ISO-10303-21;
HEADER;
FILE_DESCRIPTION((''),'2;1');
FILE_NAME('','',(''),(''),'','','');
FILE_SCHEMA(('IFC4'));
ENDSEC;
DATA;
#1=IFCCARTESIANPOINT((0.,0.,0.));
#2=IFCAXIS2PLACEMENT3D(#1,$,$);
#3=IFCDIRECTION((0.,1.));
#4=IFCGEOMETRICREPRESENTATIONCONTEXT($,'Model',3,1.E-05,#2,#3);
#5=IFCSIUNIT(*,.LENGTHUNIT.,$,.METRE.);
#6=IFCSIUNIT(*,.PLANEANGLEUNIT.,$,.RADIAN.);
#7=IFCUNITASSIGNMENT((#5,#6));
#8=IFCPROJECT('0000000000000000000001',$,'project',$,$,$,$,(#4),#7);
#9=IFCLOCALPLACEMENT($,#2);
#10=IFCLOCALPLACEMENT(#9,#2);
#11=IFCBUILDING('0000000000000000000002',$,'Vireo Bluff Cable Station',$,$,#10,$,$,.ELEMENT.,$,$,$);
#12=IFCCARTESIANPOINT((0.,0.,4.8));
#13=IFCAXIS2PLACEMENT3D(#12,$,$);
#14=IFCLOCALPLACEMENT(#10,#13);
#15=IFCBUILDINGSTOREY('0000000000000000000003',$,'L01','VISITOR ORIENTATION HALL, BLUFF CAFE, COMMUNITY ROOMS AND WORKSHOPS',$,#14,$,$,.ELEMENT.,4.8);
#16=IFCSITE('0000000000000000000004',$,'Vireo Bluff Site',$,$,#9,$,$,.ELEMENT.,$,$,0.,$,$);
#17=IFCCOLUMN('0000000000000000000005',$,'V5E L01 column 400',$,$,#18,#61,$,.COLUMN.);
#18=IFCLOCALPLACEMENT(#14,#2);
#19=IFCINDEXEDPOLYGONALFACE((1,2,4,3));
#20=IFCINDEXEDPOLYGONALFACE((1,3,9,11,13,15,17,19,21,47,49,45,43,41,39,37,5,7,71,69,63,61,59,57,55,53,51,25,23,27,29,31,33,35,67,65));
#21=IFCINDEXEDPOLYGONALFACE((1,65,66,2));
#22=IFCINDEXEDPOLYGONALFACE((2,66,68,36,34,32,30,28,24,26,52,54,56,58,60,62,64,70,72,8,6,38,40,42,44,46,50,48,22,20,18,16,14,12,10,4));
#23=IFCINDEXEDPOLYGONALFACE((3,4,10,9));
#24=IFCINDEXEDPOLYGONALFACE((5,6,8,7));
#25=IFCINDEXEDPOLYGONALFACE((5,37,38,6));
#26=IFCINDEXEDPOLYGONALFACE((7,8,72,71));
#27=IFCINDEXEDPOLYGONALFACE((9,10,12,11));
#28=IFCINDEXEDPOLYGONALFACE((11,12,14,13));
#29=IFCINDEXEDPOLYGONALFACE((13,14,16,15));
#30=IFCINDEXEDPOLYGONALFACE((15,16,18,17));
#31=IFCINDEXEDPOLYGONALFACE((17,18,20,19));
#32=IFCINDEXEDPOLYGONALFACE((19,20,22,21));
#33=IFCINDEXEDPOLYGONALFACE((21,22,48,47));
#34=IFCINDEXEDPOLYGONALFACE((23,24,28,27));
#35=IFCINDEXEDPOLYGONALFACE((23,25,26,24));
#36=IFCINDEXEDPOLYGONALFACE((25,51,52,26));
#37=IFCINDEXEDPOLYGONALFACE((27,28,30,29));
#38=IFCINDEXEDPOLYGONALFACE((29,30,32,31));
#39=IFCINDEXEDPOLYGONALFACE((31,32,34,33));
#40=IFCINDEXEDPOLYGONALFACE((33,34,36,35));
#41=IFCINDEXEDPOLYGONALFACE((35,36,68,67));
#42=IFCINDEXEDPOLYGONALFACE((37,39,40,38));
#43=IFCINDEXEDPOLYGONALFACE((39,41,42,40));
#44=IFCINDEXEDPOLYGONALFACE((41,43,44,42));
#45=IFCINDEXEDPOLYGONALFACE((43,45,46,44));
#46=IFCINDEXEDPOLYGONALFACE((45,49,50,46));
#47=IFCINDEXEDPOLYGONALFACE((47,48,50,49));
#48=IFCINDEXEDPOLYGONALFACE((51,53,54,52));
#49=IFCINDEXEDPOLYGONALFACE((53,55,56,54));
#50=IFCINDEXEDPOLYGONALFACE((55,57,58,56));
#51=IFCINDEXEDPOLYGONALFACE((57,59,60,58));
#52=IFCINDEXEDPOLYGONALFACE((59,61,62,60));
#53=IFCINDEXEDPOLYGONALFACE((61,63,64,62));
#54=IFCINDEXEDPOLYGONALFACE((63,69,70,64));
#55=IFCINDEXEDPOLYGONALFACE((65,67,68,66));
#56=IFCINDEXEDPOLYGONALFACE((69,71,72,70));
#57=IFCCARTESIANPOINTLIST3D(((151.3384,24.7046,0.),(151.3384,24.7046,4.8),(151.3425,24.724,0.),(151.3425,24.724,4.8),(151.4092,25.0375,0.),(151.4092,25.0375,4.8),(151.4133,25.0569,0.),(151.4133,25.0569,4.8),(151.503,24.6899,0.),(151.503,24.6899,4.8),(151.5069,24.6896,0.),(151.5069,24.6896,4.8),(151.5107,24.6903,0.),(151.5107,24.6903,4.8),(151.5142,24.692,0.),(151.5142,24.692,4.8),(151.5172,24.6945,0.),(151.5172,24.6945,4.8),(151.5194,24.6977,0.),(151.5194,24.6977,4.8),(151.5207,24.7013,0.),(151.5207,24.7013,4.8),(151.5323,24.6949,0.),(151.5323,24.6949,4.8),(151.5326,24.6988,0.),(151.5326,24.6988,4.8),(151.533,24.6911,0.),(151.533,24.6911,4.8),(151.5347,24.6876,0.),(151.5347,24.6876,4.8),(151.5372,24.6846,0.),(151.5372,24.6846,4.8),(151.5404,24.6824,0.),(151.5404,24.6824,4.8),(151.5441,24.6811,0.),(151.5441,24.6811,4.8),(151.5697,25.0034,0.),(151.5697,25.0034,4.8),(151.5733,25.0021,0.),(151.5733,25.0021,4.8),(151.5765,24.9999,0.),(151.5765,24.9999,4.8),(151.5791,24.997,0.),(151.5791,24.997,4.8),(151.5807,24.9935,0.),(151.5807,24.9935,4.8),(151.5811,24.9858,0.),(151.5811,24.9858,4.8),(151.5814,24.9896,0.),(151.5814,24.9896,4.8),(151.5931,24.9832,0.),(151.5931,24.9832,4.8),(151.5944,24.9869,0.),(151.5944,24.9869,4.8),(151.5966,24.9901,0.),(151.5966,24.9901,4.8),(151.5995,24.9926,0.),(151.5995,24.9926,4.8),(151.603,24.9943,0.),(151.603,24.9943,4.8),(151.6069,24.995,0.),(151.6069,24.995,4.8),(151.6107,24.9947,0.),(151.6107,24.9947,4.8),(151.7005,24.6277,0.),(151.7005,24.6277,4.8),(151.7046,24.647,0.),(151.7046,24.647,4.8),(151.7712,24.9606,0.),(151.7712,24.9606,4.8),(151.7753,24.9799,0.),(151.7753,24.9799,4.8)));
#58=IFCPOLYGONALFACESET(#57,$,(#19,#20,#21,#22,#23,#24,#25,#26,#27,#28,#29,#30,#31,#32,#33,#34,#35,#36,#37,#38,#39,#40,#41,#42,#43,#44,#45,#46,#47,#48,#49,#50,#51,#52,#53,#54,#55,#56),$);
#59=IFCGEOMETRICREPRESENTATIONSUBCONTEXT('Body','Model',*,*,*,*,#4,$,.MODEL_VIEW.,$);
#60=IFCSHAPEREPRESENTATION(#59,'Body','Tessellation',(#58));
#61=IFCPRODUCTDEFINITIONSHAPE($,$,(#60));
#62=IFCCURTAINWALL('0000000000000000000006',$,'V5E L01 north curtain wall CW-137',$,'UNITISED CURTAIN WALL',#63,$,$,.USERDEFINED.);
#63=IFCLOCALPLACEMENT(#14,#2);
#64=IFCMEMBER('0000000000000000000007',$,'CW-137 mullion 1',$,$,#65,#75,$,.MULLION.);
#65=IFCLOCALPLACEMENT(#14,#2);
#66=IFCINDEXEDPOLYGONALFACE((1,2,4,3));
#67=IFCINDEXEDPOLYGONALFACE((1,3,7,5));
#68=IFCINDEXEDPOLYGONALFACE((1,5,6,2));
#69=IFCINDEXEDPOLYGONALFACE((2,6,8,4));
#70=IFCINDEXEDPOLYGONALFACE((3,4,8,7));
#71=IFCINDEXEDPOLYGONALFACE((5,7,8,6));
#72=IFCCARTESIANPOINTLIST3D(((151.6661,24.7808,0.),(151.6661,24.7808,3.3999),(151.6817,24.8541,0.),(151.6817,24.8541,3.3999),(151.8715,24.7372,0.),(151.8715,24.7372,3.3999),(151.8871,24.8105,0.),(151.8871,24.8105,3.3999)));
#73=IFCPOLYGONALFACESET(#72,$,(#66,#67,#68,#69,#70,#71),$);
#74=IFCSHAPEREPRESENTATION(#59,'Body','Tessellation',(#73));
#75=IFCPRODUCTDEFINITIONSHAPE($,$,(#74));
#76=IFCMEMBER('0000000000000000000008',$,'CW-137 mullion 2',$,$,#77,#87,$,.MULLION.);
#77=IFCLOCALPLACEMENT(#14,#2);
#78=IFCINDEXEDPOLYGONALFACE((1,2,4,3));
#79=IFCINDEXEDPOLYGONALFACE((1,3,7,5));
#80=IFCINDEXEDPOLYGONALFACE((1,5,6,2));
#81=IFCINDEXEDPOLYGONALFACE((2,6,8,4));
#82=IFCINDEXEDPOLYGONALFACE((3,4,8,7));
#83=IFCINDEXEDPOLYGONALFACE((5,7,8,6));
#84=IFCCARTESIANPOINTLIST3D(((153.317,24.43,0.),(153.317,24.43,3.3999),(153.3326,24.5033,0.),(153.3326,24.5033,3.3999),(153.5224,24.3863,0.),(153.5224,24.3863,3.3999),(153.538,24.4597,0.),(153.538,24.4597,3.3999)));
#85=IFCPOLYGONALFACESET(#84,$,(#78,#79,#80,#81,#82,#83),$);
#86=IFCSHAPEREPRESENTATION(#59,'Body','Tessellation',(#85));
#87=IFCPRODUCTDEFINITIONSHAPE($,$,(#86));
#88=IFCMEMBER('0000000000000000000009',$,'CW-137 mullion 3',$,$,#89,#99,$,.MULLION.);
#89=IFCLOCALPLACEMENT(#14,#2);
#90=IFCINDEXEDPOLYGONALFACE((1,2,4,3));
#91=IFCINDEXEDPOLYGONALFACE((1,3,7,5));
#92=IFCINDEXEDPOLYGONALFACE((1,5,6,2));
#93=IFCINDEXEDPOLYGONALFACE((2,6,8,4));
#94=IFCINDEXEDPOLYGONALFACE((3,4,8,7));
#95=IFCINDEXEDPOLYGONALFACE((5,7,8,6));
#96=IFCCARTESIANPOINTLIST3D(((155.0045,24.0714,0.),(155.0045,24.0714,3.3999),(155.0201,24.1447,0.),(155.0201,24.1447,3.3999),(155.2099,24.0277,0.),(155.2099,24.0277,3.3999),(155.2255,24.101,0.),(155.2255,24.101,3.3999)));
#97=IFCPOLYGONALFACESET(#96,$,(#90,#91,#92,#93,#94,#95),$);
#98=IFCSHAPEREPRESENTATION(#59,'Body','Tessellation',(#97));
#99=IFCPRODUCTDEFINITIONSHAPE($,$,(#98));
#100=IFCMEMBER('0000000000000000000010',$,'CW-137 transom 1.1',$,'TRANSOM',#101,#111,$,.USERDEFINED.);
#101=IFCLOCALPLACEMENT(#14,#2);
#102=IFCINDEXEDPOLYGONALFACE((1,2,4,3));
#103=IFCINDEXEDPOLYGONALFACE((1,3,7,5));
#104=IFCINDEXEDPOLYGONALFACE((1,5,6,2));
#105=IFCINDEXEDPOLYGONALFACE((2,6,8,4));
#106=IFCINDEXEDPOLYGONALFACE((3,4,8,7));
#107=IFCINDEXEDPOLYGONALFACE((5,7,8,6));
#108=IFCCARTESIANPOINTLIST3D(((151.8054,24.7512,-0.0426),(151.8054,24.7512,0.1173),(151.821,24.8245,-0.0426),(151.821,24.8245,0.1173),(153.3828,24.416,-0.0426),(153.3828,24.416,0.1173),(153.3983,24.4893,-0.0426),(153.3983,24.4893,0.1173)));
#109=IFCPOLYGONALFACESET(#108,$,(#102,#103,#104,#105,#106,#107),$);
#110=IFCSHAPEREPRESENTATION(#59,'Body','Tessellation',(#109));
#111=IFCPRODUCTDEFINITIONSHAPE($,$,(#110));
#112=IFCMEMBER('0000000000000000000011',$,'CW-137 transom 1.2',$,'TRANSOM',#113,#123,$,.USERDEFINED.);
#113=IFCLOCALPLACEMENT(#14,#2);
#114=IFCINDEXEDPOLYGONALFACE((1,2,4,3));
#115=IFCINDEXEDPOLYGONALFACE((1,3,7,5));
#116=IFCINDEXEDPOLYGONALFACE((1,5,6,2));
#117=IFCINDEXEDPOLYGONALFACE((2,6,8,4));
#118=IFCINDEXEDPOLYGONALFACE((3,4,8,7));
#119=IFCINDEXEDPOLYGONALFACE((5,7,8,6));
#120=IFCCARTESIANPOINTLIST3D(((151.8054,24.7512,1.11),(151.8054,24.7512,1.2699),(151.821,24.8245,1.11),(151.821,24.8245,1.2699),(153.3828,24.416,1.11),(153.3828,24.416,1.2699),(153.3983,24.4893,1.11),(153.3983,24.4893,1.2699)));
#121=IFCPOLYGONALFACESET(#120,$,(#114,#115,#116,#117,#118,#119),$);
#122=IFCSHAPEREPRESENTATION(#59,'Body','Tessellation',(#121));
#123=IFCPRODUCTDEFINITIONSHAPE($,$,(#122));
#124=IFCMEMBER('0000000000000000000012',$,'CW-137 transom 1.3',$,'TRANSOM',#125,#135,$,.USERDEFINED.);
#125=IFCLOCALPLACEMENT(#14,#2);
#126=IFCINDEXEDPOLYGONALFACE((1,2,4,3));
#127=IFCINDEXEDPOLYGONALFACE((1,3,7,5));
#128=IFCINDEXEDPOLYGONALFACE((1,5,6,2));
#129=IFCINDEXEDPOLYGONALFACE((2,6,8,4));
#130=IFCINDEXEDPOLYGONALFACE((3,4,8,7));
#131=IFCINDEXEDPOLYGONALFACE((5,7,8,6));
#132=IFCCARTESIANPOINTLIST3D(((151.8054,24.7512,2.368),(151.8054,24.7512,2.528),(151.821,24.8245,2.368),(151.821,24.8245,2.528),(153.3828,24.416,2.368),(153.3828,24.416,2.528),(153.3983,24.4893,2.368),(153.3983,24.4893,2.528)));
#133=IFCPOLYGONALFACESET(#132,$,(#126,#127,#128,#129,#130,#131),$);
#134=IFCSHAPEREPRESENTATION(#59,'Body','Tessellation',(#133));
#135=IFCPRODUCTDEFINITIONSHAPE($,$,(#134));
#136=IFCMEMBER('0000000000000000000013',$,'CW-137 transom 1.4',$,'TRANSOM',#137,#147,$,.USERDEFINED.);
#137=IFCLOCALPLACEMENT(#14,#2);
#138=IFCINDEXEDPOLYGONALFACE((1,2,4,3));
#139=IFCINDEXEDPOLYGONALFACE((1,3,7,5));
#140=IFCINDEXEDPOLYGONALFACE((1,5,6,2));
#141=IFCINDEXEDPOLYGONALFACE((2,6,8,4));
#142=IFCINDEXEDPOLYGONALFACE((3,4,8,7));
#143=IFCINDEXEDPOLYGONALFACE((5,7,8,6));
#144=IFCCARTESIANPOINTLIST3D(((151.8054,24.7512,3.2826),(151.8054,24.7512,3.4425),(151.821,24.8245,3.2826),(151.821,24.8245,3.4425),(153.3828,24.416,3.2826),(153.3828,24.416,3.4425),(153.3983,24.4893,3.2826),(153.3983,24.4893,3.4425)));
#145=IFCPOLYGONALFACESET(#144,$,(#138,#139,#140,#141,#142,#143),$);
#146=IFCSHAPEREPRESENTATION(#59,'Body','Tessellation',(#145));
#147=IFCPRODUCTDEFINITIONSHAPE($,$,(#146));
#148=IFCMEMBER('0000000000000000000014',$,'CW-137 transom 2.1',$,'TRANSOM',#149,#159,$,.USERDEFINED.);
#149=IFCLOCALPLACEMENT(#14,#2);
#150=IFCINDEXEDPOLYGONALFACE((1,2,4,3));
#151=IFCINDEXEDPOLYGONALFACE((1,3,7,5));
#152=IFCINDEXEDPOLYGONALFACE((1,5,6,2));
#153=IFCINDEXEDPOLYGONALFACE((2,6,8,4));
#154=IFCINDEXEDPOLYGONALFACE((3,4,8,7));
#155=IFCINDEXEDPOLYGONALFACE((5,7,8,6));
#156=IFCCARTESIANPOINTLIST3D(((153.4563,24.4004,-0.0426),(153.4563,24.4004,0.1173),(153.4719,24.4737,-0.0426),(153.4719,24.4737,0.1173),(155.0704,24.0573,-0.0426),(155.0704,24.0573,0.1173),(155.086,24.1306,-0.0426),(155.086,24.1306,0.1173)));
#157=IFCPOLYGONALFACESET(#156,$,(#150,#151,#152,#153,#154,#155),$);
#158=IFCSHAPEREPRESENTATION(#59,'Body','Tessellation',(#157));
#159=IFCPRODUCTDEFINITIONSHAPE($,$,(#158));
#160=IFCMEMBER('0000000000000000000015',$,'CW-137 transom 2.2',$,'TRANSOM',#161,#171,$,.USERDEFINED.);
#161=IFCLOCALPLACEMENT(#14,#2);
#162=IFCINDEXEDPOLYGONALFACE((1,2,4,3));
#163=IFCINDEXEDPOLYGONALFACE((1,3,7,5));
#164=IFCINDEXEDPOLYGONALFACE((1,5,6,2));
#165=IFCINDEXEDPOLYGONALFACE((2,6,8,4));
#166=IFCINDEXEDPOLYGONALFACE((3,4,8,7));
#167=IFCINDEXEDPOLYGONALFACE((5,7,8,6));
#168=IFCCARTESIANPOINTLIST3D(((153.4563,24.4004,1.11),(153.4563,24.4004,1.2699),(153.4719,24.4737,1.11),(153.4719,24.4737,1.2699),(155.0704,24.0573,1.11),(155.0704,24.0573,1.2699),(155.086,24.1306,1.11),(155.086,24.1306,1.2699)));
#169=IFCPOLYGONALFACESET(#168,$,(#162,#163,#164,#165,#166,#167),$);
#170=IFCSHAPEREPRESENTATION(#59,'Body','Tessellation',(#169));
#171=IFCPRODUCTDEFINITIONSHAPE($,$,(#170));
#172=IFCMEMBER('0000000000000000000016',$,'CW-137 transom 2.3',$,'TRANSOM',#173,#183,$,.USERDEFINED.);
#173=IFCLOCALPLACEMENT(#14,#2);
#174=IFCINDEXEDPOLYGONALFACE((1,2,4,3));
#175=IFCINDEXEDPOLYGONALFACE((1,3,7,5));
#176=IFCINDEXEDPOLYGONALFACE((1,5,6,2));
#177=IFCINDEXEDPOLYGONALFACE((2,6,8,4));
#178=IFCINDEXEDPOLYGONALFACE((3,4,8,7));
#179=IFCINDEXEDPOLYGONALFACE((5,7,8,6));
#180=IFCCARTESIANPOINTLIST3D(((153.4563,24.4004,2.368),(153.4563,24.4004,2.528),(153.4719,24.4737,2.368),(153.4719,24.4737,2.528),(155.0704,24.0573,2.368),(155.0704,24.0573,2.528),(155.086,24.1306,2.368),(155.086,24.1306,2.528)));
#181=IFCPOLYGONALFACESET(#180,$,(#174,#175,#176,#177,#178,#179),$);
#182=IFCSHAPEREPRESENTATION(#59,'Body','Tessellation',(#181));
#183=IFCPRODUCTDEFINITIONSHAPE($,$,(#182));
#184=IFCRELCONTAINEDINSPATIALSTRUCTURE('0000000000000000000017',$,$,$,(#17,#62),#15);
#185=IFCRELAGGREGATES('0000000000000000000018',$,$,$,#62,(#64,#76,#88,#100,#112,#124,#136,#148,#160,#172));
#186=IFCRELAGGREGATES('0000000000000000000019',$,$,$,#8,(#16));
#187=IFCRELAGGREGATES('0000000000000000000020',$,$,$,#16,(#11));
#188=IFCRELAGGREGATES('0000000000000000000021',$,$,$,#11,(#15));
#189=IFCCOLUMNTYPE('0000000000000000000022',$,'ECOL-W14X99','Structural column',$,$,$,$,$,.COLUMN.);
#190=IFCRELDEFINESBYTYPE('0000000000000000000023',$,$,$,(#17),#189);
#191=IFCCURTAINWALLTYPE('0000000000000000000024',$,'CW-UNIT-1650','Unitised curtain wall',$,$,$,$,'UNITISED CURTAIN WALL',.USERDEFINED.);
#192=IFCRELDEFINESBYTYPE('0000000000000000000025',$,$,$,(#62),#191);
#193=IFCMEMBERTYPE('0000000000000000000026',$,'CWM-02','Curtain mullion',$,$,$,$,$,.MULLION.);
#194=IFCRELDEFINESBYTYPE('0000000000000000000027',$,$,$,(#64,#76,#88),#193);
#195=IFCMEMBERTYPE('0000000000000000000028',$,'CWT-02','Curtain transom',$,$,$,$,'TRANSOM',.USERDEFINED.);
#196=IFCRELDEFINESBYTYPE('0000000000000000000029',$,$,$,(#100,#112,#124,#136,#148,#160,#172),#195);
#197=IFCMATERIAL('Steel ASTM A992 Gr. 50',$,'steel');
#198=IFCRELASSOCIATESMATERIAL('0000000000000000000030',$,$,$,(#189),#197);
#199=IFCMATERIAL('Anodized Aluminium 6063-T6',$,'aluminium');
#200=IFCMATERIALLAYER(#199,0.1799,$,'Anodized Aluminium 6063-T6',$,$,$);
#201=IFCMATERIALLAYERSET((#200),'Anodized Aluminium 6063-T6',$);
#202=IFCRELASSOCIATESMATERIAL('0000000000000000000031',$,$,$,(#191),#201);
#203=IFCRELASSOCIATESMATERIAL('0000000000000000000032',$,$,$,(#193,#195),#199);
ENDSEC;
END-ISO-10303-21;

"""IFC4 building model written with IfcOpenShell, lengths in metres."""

from ifc_helpers import new_model, si_unit, direction, frame, origin, origin_2d, place, context, subcontext, project, spatial, rectangle, i_section, extrude, material, layer, layer_set, material_profile, profile_set, type_object, element, aggregate, save


model = new_model("IFC4")

# Units and contexts
model_context = context("Model", 3, precision=1e-05, world=origin(), true_north=direction((0.0, 1.0)))
body_context = subcontext(model_context, "Body", "Model", "MODEL_VIEW")
ifc_project = project(units=[si_unit("LENGTHUNIT", "METRE"), si_unit("PLANEANGLEUNIT", "RADIAN")], contexts=[model_context])

# Site, building, storey
site_placement = place(None, origin())
site = spatial("IfcSite", under=ifc_project, at=site_placement, Name="Vireo Bluff Site", CompositionType="ELEMENT", RefElevation=0.0)
building_placement = place(site_placement, origin())
building = spatial("IfcBuilding", under=site, at=building_placement, Name="Vireo Bluff Cable Station", CompositionType="ELEMENT")
storey_placement = place(building_placement, frame((0.0, 0.0, 4.8)))
storey = spatial("IfcBuildingStorey", under=building, at=storey_placement, Name="L01", Description="VISITOR ORIENTATION HALL, BLUFF CAFE, COMMUNITY ROOMS AND WORKSHOPS", CompositionType="ELEMENT", Elevation=4.8)

# Column
ifc_material_1 = material(Name="Steel ASTM A992 Gr. 50", Category="steel")
ifc_material_profile_1 = material_profile(ifc_material_1, i_section(OverallWidth=0.3701, OverallDepth=0.3601, WebThickness=0.0122, FlangeThickness=0.0198, FilletRadius=0.0149, at=origin_2d()), Name="W14X99")
ifc_profile_set_1 = profile_set([ifc_material_profile_1], Name="Steel ASTM A992 Gr. 50")
column_type = type_object("IfcColumnType", Name="ECOL-W14X99", Description="Structural column", PredefinedType="COLUMN", material=ifc_profile_set_1)
column_placement = place(storey_placement, frame((151.5569, 24.8423, 0.0), z_axis=(0.0, 0.0, 1.0), x_axis=(0.978148, -0.207912, 0.0)))
element("IfcColumn", 1, at=column_placement, inside=storey, type_object=column_type, Name="V5E L01 column 400", PredefinedType="COLUMN", context=body_context, shape_type="SweptSolid", body=[
    extrude(i_section(OverallWidth=0.3701, OverallDepth=0.3601, WebThickness=0.0122, FlangeThickness=0.0198, FilletRadius=0.0149, at=origin_2d()), origin(), (0.0, 0.0, 1.0), 4.8),
])

# Curtain wall, members
ifc_material_2 = material(Name="Anodized Aluminium 6063-T6", Category="aluminium")
ifc_layer_1 = layer(ifc_material_2, 0.1799, Name="Anodized Aluminium 6063-T6")
ifc_layer_set_1 = layer_set([ifc_layer_1], Name="Anodized Aluminium 6063-T6")
curtain_wall_type = type_object("IfcCurtainWallType", Name="CW-UNIT-1650", Description="Unitised curtain wall", ElementType="UNITISED CURTAIN WALL", PredefinedType="USERDEFINED", material=ifc_layer_set_1)
curtain_wall_placement = place(storey_placement, origin())
curtain_wall = element("IfcCurtainWall", 2, at=curtain_wall_placement, inside=storey, type_object=curtain_wall_type, Name="V5E L01 north curtain wall CW-137", ObjectType="UNITISED CURTAIN WALL", PredefinedType="USERDEFINED")
ifc_material_profile_2 = material_profile(ifc_material_2, rectangle(XDim=0.075, YDim=0.21, at=origin_2d()), Name="ALU-M-75X210")
ifc_profile_set_2 = profile_set([ifc_material_profile_2], Name="Anodized Aluminium 6063-T6")
member_type_1 = type_object("IfcMemberType", Name="CWM-02", Description="Curtain mullion", PredefinedType="MULLION", material=ifc_profile_set_2)
member_1_placement = place(storey_placement, frame((151.7766, 24.7957, 0.0), z_axis=(0.0, 0.0, 1.0), x_axis=(0.207912, 0.978148, 0.0)))
member_1 = element("IfcMember", 3, at=member_1_placement, type_object=member_type_1, Name="CW-137 mullion 1", PredefinedType="MULLION", context=body_context, shape_type="SweptSolid", body=[
    extrude(rectangle(XDim=0.075, YDim=0.21, at=origin_2d()), origin(), (0.0, 0.0, 1.0), 3.3999),
])
member_2_placement = place(storey_placement, frame((153.4275, 24.4448, 0.0), z_axis=(0.0, 0.0, 1.0), x_axis=(0.207912, 0.978148, 0.0)))
member_2 = element("IfcMember", 4, at=member_2_placement, type_object=member_type_1, Name="CW-137 mullion 2", PredefinedType="MULLION", context=body_context, shape_type="SweptSolid", body=[
    extrude(rectangle(XDim=0.075, YDim=0.21, at=origin_2d()), origin(), (0.0, 0.0, 1.0), 3.3999),
])
member_3_placement = place(storey_placement, frame((155.115, 24.0862, 0.0), z_axis=(0.0, 0.0, 1.0), x_axis=(0.207912, 0.978148, 0.0)))
member_3 = element("IfcMember", 5, at=member_3_placement, type_object=member_type_1, Name="CW-137 mullion 3", PredefinedType="MULLION", context=body_context, shape_type="SweptSolid", body=[
    extrude(rectangle(XDim=0.075, YDim=0.21, at=origin_2d()), origin(), (0.0, 0.0, 1.0), 3.3999),
])
ifc_material_profile_3 = material_profile(ifc_material_2, rectangle(XDim=0.075, YDim=0.1599, at=origin_2d()), Name="ALU-T-75X160")
ifc_profile_set_3 = profile_set([ifc_material_profile_3], Name="Anodized Aluminium 6063-T6")
member_type_2 = type_object("IfcMemberType", Name="CWT-02", Description="Curtain transom", ElementType="TRANSOM", PredefinedType="USERDEFINED", material=ifc_profile_set_3)
member_4_placement = place(storey_placement, frame((151.8132, 24.7878, 0.0374), z_axis=(0.978158, -0.207864, 0.0), x_axis=(0.207864, 0.978158, 0.0)))
member_4 = element("IfcMember", 6, at=member_4_placement, type_object=member_type_2, Name="CW-137 transom 1.1", ObjectType="TRANSOM", PredefinedType="USERDEFINED", context=body_context, shape_type="SweptSolid", body=[
    extrude(rectangle(XDim=0.075, YDim=0.1599, at=origin_2d()), origin(), (0.0, 0.0, 1.0), 1.6125),
])
member_5_placement = place(storey_placement, frame((151.8132, 24.7878, 1.1899), z_axis=(0.978158, -0.207864, 0.0), x_axis=(0.207864, 0.978158, 0.0)))
member_5 = element("IfcMember", 7, at=member_5_placement, type_object=member_type_2, Name="CW-137 transom 1.2", ObjectType="TRANSOM", PredefinedType="USERDEFINED", context=body_context, shape_type="SweptSolid", body=[
    extrude(rectangle(XDim=0.075, YDim=0.1599, at=origin_2d()), origin(), (0.0, 0.0, 1.0), 1.6125),
])
member_6_placement = place(storey_placement, frame((151.8132, 24.7878, 2.448), z_axis=(0.978158, -0.207864, 0.0), x_axis=(0.207864, 0.978158, 0.0)))
member_6 = element("IfcMember", 8, at=member_6_placement, type_object=member_type_2, Name="CW-137 transom 1.3", ObjectType="TRANSOM", PredefinedType="USERDEFINED", context=body_context, shape_type="SweptSolid", body=[
    extrude(rectangle(XDim=0.075, YDim=0.1599, at=origin_2d()), origin(), (0.0, 0.0, 1.0), 1.6125),
])
member_7_placement = place(storey_placement, frame((151.8132, 24.7878, 3.3625), z_axis=(0.978158, -0.207864, 0.0), x_axis=(0.207864, 0.978158, 0.0)))
member_7 = element("IfcMember", 9, at=member_7_placement, type_object=member_type_2, Name="CW-137 transom 1.4", ObjectType="TRANSOM", PredefinedType="USERDEFINED", context=body_context, shape_type="SweptSolid", body=[
    extrude(rectangle(XDim=0.075, YDim=0.1599, at=origin_2d()), origin(), (0.0, 0.0, 1.0), 1.6125),
])
member_8_placement = place(storey_placement, frame((153.4641, 24.437, 0.0374), z_axis=(0.978154, -0.207882, 0.0), x_axis=(0.207882, 0.978154, 0.0)))
member_8 = element("IfcMember", 10, at=member_8_placement, type_object=member_type_2, Name="CW-137 transom 2.1", ObjectType="TRANSOM", PredefinedType="USERDEFINED", context=body_context, shape_type="SweptSolid", body=[
    extrude(rectangle(XDim=0.075, YDim=0.1599, at=origin_2d()), origin(), (0.0, 0.0, 1.0), 1.6501),
])
member_9_placement = place(storey_placement, frame((153.4641, 24.437, 1.1899), z_axis=(0.978154, -0.207882, 0.0), x_axis=(0.207882, 0.978154, 0.0)))
member_9 = element("IfcMember", 11, at=member_9_placement, type_object=member_type_2, Name="CW-137 transom 2.2", ObjectType="TRANSOM", PredefinedType="USERDEFINED", context=body_context, shape_type="SweptSolid", body=[
    extrude(rectangle(XDim=0.075, YDim=0.1599, at=origin_2d()), origin(), (0.0, 0.0, 1.0), 1.6501),
])
member_10_placement = place(storey_placement, frame((153.4641, 24.437, 2.448), z_axis=(0.978154, -0.207882, 0.0), x_axis=(0.207882, 0.978154, 0.0)))
member_10 = element("IfcMember", 12, at=member_10_placement, type_object=member_type_2, Name="CW-137 transom 2.3", ObjectType="TRANSOM", PredefinedType="USERDEFINED", context=body_context, shape_type="SweptSolid", body=[
    extrude(rectangle(XDim=0.075, YDim=0.1599, at=origin_2d()), origin(), (0.0, 0.0, 1.0), 1.6501),
])

aggregate(curtain_wall, [member_1, member_2, member_3, member_4, member_5, member_6, member_7, member_8, member_9, member_10])

save(model, "model.ifc")
